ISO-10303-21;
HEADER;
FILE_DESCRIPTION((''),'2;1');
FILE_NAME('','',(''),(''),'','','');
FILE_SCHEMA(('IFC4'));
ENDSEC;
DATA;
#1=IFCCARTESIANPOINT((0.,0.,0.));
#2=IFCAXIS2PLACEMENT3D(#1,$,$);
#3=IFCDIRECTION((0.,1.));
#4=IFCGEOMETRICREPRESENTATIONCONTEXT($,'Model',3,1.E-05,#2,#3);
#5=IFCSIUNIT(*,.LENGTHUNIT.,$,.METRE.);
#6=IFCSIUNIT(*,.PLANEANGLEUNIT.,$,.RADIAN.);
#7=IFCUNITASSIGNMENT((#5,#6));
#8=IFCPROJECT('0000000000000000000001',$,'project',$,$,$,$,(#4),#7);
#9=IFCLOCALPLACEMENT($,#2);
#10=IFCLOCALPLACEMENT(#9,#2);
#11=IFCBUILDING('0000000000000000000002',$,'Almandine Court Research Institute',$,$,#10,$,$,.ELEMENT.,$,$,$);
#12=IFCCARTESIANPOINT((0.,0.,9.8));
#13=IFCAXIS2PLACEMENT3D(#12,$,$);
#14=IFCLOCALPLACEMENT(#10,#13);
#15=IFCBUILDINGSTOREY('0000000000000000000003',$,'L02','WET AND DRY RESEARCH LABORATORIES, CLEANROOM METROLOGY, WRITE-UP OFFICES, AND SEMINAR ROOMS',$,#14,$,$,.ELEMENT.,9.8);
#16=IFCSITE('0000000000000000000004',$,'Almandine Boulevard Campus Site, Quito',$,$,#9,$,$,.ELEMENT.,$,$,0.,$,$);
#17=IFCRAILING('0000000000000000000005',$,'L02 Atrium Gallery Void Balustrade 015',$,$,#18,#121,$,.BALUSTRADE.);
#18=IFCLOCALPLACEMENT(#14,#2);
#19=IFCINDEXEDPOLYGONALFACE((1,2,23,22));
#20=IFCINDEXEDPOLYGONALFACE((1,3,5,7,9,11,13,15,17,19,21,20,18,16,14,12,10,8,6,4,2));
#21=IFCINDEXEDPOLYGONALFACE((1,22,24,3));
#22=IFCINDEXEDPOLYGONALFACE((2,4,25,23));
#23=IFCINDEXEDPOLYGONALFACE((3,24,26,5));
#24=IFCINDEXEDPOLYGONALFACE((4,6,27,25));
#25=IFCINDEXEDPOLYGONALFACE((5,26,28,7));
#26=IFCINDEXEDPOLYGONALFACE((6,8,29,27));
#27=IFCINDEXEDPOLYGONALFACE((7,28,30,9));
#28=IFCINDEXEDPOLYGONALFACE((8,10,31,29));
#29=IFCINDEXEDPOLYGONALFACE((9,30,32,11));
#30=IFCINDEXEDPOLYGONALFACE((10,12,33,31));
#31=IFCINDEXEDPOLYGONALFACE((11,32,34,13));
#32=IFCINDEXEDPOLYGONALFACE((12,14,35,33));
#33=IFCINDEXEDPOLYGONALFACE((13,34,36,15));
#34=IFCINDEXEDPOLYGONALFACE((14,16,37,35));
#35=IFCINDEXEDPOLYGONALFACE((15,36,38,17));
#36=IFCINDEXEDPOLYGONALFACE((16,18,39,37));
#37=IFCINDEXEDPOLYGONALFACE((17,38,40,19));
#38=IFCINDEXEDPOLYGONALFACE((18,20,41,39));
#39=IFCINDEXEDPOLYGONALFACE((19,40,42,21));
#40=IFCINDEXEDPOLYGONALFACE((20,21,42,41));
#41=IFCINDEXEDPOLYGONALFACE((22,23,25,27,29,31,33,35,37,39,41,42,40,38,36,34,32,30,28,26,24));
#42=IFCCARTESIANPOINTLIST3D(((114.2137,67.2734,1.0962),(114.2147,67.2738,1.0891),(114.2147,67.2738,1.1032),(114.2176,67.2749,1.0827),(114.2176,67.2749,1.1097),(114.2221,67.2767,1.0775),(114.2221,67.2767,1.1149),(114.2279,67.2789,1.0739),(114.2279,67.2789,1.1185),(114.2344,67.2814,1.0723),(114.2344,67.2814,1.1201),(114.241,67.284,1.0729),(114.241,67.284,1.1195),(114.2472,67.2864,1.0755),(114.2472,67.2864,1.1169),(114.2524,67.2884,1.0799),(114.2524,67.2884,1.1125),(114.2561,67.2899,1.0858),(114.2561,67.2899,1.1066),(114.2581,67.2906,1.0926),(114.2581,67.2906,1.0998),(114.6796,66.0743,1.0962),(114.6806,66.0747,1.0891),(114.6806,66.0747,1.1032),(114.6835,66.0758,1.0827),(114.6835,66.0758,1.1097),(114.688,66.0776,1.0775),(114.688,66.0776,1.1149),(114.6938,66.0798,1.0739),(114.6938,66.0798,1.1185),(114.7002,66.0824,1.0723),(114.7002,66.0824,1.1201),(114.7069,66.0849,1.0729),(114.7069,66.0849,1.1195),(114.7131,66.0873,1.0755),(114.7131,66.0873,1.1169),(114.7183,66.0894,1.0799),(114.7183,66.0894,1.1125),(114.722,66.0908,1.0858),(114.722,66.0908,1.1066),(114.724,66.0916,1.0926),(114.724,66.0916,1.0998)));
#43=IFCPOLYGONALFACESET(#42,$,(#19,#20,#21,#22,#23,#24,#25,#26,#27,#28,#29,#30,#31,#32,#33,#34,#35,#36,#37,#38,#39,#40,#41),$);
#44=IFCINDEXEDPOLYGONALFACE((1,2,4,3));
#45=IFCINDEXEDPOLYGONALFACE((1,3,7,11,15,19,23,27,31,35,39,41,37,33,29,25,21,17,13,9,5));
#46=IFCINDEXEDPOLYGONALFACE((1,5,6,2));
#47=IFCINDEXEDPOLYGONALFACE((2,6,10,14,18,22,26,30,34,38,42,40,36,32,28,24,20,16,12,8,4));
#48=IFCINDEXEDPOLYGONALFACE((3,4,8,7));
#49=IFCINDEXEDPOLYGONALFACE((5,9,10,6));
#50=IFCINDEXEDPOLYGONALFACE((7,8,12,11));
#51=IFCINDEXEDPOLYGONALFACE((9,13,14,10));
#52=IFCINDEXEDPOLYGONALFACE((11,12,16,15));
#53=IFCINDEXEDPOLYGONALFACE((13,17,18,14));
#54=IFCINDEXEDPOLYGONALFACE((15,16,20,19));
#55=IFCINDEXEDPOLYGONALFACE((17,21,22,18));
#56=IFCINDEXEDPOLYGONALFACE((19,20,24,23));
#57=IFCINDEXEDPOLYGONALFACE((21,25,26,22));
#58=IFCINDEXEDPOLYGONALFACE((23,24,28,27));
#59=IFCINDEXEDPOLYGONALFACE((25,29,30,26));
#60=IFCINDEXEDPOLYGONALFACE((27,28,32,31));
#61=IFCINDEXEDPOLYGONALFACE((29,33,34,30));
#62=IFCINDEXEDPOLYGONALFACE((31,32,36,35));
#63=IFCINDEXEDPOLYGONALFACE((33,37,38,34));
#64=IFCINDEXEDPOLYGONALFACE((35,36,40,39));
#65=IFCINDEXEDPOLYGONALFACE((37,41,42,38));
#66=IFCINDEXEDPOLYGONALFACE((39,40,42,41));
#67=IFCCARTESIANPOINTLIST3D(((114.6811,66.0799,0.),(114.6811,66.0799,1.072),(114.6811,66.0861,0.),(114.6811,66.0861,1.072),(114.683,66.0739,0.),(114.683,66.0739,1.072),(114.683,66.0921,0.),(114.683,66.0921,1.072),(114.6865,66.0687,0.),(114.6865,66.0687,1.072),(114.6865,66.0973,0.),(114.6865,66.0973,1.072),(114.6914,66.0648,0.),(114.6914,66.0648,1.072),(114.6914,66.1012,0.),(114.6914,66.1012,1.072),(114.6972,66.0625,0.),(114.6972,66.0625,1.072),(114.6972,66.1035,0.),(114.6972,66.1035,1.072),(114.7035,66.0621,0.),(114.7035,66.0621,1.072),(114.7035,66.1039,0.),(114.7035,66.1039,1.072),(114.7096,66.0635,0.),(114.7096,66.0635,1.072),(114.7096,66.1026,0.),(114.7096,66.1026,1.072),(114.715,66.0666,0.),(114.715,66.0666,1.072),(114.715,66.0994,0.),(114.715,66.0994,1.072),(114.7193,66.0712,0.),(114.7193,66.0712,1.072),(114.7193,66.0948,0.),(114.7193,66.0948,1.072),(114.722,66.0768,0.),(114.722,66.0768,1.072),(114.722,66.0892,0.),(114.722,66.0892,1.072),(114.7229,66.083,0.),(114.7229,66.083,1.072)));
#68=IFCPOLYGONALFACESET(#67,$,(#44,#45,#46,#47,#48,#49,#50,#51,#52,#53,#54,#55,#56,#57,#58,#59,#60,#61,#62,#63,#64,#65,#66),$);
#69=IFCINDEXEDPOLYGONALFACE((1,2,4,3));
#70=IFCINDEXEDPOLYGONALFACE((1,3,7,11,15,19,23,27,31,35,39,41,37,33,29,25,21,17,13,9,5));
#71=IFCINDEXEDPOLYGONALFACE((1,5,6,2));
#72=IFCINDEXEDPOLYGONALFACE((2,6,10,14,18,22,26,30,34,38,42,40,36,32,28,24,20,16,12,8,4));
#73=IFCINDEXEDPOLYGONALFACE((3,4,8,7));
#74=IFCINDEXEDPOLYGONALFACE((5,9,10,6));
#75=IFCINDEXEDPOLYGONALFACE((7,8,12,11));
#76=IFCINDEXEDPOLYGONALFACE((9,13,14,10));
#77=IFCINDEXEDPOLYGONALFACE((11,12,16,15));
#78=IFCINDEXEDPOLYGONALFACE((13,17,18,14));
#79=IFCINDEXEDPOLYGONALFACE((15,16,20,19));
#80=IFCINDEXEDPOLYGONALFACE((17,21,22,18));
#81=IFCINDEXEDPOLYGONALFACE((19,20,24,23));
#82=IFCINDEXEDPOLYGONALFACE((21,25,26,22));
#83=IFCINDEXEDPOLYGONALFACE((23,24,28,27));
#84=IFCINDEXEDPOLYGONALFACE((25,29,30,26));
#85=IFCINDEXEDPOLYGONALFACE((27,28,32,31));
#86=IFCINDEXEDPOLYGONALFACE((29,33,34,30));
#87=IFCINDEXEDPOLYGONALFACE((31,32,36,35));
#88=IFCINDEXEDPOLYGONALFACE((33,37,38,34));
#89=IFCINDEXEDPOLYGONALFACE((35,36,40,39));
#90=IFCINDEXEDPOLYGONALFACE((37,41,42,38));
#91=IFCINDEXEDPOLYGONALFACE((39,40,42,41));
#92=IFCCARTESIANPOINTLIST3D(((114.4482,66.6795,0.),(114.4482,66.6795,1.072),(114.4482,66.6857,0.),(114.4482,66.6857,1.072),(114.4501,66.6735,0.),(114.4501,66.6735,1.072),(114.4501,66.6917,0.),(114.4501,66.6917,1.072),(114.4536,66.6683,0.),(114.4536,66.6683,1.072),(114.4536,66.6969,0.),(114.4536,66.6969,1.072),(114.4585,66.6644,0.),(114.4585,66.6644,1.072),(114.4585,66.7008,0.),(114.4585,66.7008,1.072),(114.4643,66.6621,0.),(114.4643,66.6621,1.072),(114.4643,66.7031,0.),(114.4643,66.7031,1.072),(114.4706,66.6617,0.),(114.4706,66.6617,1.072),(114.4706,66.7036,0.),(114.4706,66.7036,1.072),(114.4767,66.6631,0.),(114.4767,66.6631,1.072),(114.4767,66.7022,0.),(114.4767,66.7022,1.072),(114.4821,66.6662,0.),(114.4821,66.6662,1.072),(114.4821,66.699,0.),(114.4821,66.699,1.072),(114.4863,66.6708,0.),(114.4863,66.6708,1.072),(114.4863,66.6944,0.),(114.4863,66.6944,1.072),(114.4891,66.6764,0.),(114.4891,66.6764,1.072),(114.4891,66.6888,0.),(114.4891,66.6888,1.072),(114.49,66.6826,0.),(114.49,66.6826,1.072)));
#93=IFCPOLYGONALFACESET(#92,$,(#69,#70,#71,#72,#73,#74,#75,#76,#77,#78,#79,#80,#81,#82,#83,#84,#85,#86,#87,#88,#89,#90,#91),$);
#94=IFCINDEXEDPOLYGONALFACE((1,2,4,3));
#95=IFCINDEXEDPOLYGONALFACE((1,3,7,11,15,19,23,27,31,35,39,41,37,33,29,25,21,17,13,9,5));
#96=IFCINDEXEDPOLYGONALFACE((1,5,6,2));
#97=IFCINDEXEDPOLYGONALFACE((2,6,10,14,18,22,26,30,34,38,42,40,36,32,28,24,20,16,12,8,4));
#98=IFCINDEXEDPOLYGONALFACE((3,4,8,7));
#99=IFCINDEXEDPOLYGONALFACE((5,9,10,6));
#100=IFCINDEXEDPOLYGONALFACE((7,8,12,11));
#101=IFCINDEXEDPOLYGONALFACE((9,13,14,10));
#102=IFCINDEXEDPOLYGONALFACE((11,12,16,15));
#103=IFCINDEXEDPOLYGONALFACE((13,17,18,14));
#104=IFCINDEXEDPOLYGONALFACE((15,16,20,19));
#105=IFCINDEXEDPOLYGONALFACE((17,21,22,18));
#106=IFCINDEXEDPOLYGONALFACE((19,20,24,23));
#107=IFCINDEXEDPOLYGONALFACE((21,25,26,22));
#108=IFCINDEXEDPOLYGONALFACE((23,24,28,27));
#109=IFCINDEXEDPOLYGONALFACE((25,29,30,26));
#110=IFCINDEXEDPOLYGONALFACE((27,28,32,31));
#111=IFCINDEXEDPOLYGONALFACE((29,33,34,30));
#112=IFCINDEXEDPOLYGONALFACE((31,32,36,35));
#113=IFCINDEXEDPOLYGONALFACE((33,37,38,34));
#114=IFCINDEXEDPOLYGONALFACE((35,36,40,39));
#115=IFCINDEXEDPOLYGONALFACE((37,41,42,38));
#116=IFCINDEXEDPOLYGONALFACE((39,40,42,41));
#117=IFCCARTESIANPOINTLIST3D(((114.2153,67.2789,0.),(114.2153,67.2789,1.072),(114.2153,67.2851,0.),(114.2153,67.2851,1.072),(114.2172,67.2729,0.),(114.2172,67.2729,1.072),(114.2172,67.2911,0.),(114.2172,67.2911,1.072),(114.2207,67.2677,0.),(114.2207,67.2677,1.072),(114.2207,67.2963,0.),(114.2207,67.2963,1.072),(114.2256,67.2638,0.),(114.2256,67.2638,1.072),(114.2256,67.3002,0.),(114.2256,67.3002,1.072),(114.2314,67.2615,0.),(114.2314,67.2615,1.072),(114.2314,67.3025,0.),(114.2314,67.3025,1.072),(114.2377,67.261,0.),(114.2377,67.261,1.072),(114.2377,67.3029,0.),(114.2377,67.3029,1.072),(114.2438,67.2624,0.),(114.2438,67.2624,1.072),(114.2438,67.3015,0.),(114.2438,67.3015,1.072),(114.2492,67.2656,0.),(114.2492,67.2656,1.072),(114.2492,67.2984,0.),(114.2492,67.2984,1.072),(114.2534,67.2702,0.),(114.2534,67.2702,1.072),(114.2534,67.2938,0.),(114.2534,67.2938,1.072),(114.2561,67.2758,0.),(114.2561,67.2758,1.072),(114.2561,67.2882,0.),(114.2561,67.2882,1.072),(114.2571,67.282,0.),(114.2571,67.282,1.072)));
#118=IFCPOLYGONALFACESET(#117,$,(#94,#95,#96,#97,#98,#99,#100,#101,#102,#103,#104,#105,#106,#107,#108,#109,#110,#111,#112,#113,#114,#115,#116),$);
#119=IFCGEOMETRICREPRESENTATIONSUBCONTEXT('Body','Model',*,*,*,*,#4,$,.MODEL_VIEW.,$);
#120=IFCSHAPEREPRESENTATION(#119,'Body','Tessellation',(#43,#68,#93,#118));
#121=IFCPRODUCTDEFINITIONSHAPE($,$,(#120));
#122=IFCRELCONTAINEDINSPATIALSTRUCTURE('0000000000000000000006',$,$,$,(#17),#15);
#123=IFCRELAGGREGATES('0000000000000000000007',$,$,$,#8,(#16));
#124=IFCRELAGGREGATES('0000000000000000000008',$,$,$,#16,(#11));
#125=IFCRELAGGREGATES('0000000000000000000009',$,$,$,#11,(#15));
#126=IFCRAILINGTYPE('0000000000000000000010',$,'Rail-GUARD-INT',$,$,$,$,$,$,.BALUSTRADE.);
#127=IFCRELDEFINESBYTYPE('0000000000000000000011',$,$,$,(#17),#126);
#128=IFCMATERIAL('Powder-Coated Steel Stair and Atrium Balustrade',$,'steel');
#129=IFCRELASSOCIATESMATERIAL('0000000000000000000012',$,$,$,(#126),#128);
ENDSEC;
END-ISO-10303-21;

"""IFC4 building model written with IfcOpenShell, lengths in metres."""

from ifc_helpers import new_model, si_unit, direction, frame, origin, origin_2d, place, context, subcontext, project, spatial, circle, extrude, material, type_object, element, save


model = new_model("IFC4")

# Units and contexts
model_context = context("Model", 3, precision=1e-05, world=origin(), true_north=direction((0.0, 1.0)))
body_context = subcontext(model_context, "Body", "Model", "MODEL_VIEW")
ifc_project = project(units=[si_unit("LENGTHUNIT", "METRE"), si_unit("PLANEANGLEUNIT", "RADIAN")], contexts=[model_context])

# Site, building, storey
site_placement = place(None, origin())
site = spatial("IfcSite", under=ifc_project, at=site_placement, Name="Almandine Boulevard Campus Site, Quito", CompositionType="ELEMENT", RefElevation=0.0)
building_placement = place(site_placement, origin())
building = spatial("IfcBuilding", under=site, at=building_placement, Name="Almandine Court Research Institute", CompositionType="ELEMENT")
storey_placement = place(building_placement, frame((0.0, 0.0, 9.8)))
storey = spatial("IfcBuildingStorey", under=building, at=storey_placement, Name="L02", Description="WET AND DRY RESEARCH LABORATORIES, CLEANROOM METROLOGY, WRITE-UP OFFICES, AND SEMINAR ROOMS", CompositionType="ELEMENT", Elevation=9.8)

# Railing
ifc_material_1 = material(Name="Powder-Coated Steel Stair and Atrium Balustrade", Category="steel")
railing_type = type_object("IfcRailingType", Name="Rail-GUARD-INT", PredefinedType="BALUSTRADE", material=ifc_material_1)
railing_1_placement = place(storey_placement, frame((114.7019, 66.083, 0.0)))
element("IfcRailing", 1, at=railing_1_placement, inside=storey, type_object=railing_type, Name="L02 Atrium Gallery Void Balustrade 015", PredefinedType="BALUSTRADE", context=body_context, shape_type="SweptSolid", body=[
    extrude(circle(Radius=0.0239, at=origin_2d()), frame((0.0, 0.0, 1.0962), z_axis=(-0.362144, 0.932122, 0.0), x_axis=(-0.932122, -0.362144, 0.0)), (0.0, 0.0, 1.0), 1.2864),
    extrude(circle(Radius=0.021, at=origin_2d()), origin(), (0.0, 0.0, 1.0), 1.072),
    extrude(circle(Radius=0.021, at=origin_2d()), frame((-0.2329, 0.5996, 0.0)), (0.0, 0.0, 1.0), 1.072),
    extrude(circle(Radius=0.021, at=origin_2d()), frame((-0.4658, 1.199, 0.0)), (0.0, 0.0, 1.0), 1.072),
])

save(model, "model.ifc")
